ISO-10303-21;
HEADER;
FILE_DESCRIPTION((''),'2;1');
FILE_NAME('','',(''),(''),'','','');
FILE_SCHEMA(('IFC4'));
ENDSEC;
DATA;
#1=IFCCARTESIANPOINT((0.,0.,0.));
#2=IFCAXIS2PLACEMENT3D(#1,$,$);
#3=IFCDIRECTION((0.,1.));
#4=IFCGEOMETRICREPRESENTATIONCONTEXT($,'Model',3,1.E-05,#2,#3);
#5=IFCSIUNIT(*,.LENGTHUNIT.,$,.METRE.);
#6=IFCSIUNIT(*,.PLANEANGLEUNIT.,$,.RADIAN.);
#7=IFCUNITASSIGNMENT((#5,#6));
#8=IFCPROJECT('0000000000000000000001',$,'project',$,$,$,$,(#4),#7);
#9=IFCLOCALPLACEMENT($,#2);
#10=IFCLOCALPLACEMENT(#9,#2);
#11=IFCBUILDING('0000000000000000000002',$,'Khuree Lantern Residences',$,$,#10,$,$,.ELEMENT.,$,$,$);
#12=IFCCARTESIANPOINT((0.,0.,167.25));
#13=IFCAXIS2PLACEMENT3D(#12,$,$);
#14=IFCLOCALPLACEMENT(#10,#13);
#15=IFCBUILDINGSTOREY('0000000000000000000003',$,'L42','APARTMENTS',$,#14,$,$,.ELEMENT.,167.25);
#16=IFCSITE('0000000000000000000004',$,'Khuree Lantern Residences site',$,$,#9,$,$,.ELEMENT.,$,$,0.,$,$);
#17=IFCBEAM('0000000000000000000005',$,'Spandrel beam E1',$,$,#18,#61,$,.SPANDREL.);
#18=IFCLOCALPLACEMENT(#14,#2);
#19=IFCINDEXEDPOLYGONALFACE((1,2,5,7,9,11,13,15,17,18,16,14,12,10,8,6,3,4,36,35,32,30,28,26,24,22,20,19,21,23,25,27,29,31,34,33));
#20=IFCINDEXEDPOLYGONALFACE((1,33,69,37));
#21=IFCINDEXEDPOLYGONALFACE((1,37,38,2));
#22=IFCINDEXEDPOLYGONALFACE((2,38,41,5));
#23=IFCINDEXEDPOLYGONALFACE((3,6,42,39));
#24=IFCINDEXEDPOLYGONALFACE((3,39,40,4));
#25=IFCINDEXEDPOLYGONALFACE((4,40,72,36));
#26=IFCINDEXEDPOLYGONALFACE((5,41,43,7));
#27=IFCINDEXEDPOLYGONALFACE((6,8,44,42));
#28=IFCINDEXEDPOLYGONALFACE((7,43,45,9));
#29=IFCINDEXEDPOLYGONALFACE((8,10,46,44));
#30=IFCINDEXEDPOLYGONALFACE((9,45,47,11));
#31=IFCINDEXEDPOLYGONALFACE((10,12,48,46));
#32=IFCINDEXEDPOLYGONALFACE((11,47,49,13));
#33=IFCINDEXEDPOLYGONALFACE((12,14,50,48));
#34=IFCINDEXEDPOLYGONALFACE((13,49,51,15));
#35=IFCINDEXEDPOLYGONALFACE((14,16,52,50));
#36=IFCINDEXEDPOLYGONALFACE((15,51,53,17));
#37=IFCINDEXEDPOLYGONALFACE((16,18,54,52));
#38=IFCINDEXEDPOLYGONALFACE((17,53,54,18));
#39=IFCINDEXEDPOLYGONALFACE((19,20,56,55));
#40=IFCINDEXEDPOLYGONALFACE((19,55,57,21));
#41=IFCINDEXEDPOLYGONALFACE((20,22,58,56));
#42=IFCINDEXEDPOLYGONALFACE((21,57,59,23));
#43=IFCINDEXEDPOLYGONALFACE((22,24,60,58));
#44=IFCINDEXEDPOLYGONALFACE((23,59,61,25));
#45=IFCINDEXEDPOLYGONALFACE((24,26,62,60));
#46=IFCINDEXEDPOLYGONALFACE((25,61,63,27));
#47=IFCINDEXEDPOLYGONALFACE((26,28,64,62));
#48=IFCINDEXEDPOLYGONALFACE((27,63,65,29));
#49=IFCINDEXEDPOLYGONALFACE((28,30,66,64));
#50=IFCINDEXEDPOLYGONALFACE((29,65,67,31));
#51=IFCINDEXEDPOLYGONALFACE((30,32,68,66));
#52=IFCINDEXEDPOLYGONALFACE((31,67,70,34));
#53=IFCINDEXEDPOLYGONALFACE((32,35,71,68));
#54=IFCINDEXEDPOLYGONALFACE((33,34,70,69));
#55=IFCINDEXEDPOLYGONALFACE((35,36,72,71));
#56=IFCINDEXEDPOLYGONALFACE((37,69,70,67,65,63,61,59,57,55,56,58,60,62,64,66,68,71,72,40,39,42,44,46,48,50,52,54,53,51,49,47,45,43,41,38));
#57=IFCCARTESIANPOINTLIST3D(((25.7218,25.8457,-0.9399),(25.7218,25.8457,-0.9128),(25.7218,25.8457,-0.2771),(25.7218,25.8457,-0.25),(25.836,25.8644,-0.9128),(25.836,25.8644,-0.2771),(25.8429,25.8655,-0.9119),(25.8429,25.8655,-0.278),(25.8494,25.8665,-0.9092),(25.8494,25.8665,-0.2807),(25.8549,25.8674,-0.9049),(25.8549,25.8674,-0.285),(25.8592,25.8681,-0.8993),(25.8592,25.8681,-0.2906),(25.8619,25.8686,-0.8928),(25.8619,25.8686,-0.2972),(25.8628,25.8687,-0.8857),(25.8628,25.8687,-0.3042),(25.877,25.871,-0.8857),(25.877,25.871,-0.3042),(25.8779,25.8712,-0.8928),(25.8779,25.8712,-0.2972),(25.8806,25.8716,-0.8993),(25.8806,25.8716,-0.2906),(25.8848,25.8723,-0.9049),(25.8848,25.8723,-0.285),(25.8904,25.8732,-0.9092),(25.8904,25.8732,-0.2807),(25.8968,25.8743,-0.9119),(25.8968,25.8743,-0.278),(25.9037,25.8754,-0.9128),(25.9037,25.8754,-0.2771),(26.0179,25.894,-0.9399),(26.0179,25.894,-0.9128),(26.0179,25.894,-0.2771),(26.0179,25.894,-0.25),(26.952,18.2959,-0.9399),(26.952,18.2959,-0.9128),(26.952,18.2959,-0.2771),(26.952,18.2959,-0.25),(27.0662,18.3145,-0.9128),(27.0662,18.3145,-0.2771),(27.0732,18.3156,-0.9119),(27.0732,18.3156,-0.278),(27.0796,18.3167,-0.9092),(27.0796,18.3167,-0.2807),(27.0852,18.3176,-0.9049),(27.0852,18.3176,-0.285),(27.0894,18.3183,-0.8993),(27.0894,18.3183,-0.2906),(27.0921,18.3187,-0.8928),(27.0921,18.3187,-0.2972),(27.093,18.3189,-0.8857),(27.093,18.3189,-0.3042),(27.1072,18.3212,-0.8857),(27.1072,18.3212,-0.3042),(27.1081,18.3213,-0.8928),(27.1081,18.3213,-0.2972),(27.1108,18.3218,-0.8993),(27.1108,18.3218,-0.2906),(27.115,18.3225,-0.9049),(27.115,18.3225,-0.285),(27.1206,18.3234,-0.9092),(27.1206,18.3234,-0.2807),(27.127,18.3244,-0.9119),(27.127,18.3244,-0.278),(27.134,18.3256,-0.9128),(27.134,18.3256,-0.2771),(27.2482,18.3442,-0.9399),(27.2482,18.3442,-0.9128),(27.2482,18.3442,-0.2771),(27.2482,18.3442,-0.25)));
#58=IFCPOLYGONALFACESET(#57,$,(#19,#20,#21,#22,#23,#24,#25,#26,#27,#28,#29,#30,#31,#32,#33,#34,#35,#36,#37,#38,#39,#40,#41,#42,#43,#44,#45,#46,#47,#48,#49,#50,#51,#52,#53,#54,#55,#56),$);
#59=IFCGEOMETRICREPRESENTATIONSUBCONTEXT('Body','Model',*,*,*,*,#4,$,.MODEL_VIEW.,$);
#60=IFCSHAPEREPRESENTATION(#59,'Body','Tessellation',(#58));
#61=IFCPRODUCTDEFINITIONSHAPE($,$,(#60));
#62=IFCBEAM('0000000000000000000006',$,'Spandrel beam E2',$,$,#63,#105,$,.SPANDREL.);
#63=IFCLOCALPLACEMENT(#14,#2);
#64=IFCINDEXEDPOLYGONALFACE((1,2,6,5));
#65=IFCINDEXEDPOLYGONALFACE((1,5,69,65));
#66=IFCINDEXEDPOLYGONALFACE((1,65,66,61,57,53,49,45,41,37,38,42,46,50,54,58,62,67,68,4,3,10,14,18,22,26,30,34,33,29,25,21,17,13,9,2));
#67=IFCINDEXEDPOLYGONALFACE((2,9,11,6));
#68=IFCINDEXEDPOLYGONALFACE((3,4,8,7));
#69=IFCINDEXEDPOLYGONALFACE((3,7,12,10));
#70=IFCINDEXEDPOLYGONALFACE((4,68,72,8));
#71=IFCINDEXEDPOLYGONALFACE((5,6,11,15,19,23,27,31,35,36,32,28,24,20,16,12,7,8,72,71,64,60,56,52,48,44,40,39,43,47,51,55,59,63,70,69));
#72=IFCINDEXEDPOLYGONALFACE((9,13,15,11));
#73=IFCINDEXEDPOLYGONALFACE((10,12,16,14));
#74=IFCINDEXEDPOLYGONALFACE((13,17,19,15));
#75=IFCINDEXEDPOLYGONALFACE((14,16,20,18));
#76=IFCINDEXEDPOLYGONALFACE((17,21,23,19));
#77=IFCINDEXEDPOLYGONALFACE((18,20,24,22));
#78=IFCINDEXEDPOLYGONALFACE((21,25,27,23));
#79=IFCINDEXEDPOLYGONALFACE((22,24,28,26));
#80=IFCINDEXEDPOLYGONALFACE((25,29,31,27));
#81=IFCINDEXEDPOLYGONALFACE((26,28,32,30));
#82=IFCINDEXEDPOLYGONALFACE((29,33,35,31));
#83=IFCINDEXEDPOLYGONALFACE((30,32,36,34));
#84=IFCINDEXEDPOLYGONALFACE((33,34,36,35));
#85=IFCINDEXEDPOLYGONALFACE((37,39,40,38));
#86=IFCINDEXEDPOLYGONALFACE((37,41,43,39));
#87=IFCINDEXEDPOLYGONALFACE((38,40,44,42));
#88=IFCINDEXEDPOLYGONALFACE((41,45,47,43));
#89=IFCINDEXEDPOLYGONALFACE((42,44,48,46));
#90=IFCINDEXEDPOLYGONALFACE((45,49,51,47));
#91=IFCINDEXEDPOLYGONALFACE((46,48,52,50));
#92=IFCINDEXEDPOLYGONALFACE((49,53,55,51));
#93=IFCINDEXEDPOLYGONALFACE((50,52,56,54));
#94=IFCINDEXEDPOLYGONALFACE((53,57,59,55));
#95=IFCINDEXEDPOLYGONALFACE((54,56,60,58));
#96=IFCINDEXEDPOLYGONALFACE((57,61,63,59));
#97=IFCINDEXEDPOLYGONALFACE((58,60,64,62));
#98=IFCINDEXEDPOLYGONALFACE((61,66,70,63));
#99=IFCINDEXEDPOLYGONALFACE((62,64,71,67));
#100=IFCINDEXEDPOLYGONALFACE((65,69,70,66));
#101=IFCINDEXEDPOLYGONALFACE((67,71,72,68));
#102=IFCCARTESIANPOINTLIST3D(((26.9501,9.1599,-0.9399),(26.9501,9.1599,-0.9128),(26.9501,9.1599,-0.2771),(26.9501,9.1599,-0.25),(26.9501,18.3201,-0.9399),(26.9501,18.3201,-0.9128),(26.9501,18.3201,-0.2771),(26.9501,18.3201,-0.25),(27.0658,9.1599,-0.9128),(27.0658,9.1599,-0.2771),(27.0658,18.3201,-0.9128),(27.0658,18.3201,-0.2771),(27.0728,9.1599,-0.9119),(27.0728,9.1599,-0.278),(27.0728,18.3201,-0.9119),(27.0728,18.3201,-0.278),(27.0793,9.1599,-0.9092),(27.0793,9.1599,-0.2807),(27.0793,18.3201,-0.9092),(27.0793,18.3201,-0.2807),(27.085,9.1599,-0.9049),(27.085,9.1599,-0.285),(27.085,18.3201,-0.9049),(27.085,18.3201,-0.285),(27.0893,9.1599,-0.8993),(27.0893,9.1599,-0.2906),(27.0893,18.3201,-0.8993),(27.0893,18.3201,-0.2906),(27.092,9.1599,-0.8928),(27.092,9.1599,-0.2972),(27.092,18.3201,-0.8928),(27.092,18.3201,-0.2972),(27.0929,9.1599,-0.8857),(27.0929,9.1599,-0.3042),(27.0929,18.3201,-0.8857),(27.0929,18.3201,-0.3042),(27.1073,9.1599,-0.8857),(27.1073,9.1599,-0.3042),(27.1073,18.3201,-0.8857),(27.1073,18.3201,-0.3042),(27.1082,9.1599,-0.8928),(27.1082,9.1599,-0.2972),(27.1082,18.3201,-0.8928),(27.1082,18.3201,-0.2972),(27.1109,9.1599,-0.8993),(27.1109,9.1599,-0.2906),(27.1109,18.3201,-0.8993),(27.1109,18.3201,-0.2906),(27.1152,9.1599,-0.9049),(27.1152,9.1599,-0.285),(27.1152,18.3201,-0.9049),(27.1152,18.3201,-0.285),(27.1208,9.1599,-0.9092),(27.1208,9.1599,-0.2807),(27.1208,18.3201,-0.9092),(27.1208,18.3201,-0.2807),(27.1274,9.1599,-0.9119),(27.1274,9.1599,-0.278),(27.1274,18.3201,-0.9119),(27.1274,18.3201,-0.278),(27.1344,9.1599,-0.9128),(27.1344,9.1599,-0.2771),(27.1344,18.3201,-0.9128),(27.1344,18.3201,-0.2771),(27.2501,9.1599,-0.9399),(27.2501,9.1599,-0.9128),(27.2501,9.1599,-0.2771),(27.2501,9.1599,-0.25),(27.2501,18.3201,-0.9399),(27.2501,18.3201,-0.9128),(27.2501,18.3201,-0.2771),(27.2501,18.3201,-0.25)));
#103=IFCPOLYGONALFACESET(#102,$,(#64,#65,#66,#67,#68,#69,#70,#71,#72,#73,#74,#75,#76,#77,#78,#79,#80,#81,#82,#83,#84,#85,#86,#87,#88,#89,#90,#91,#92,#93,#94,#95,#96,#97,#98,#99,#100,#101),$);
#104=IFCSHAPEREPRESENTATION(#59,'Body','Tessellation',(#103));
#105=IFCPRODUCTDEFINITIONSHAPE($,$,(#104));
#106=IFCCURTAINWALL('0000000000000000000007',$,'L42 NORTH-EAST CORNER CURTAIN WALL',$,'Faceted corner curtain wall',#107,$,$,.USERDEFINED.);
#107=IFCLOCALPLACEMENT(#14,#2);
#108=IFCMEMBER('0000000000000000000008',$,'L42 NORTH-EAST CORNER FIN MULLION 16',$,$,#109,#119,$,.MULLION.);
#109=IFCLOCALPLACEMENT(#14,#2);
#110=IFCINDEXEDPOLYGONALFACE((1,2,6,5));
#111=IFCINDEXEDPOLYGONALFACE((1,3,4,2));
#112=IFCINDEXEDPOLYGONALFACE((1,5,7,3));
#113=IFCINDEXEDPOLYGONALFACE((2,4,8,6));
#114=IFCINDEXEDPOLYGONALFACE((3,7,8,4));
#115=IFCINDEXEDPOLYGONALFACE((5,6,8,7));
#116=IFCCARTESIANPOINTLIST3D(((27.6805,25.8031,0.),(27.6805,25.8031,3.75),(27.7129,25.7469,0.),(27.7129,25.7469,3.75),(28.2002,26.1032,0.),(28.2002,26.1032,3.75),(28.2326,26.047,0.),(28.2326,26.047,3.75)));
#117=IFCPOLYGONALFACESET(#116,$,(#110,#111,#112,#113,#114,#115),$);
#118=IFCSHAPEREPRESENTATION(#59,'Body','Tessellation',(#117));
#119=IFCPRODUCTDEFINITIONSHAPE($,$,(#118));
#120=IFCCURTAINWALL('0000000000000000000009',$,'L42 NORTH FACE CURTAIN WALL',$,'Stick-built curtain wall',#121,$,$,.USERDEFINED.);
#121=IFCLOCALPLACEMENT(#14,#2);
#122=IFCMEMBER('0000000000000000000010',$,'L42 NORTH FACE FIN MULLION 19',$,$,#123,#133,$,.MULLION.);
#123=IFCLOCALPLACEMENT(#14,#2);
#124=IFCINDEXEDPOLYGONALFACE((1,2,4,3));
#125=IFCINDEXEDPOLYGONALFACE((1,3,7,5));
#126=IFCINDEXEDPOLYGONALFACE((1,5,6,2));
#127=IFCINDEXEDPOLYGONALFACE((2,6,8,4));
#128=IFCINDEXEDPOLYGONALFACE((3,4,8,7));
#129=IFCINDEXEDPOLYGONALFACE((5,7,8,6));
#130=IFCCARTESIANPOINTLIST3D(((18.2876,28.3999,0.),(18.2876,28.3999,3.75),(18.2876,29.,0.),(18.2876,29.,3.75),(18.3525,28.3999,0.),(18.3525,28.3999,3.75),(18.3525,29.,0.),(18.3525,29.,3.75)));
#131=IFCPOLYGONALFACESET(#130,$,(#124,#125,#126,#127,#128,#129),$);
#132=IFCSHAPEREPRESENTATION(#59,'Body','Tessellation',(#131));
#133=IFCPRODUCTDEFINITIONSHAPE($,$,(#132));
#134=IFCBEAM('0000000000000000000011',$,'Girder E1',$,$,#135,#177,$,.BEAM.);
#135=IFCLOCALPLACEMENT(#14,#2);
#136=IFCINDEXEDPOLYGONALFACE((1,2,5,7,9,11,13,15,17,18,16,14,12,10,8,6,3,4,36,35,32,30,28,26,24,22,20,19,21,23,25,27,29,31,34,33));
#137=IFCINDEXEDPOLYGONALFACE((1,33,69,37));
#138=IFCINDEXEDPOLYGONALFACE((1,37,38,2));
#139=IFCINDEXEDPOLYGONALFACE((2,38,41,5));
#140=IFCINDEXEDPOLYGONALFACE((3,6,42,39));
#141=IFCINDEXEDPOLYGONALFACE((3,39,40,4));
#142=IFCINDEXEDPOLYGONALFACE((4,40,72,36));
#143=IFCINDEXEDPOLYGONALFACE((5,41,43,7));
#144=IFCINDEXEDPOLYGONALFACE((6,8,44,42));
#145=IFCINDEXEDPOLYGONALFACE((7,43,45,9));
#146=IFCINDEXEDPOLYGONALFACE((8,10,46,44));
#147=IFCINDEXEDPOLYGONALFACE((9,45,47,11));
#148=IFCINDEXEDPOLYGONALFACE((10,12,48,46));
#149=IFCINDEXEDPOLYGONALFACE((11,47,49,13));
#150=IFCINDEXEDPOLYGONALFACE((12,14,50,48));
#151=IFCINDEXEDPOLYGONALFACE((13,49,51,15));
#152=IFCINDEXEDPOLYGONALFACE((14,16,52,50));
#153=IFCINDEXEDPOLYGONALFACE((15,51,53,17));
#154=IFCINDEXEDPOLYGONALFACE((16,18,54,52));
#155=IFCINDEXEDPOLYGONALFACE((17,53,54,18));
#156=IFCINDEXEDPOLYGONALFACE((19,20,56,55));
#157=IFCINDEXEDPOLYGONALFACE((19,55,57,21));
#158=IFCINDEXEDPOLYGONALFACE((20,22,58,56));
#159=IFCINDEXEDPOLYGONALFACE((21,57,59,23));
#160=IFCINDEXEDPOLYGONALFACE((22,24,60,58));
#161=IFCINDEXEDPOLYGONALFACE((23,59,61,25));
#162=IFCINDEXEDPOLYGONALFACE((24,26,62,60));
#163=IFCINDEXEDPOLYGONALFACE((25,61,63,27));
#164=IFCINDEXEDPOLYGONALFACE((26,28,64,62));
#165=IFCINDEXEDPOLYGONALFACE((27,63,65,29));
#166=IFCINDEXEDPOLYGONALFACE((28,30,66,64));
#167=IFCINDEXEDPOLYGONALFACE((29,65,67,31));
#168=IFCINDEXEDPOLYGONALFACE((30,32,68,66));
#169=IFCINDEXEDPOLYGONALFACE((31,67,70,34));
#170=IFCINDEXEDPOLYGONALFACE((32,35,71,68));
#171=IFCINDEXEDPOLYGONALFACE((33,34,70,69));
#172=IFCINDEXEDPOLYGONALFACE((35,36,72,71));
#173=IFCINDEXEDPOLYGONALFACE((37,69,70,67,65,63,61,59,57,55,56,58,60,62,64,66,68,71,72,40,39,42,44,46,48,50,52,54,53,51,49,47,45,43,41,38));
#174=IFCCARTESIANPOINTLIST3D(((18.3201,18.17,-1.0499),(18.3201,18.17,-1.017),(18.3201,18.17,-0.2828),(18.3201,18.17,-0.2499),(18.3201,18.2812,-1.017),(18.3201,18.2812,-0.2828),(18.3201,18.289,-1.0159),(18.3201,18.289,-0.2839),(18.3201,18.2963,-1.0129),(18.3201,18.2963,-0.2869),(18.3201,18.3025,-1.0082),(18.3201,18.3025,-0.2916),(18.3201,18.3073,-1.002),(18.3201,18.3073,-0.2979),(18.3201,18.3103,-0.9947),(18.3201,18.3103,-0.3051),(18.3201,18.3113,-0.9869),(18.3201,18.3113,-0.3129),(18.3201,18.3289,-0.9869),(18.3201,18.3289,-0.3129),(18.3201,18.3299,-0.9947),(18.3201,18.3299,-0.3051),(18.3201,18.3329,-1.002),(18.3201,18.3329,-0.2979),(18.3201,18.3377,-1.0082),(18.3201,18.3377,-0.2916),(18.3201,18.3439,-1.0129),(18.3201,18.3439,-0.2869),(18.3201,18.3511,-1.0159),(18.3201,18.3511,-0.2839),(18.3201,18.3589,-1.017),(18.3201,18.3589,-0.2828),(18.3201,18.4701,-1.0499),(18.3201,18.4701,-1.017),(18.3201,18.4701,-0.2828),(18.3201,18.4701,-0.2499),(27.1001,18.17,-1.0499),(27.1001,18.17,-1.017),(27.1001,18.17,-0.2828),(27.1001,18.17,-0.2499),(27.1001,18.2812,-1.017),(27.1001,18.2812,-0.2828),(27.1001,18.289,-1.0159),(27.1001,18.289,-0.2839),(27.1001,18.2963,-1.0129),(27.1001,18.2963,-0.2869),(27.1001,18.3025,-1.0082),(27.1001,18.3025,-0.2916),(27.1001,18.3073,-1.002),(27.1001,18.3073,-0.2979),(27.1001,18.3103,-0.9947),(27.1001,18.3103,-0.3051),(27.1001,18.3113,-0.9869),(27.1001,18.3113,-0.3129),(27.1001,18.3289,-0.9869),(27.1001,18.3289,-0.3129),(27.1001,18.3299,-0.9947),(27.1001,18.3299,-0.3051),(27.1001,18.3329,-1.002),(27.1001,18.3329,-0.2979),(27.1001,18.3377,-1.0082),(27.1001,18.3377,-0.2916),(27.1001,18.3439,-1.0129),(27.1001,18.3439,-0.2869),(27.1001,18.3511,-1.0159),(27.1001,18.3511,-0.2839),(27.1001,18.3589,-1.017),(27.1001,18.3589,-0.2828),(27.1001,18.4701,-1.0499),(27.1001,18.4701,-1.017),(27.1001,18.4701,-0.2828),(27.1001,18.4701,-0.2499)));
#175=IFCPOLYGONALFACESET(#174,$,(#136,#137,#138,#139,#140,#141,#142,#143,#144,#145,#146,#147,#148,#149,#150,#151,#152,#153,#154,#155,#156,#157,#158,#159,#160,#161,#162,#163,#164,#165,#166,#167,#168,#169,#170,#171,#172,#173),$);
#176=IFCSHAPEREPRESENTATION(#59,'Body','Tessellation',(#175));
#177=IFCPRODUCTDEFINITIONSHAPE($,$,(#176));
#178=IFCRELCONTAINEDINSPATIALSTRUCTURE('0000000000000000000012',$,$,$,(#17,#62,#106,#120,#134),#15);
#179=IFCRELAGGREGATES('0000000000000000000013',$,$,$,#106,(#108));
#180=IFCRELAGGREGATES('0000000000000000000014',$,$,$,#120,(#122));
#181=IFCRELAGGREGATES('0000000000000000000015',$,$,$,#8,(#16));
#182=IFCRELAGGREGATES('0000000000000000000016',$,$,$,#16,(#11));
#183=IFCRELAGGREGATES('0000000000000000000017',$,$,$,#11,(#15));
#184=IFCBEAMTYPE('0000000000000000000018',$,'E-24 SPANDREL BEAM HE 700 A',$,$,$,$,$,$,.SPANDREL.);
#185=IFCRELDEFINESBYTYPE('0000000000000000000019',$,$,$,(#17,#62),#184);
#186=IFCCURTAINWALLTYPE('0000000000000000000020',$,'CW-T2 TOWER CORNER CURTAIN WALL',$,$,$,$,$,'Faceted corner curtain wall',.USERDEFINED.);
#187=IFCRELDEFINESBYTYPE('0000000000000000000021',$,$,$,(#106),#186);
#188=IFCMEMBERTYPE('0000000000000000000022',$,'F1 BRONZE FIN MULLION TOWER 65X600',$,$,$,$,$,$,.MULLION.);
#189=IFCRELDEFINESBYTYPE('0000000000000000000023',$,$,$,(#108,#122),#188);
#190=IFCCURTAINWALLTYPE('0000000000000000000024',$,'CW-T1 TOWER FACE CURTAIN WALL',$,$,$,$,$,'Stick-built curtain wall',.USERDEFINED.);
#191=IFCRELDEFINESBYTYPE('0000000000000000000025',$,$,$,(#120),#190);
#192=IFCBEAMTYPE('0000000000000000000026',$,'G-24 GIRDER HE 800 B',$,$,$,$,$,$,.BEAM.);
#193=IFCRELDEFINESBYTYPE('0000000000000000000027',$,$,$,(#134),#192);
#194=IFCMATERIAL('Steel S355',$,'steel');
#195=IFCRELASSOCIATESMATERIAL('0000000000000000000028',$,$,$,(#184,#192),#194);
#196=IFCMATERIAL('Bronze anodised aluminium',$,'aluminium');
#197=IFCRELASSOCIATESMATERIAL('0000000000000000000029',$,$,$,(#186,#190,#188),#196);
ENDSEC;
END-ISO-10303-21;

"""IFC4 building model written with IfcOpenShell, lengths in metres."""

from ifc_helpers import new_model, si_unit, direction, frame, origin, origin_2d, place, context, subcontext, project, spatial, rectangle, i_section, extrude, material, material_profile, profile_set, type_object, element, aggregate, save


model = new_model("IFC4")

# Units and contexts
model_context = context("Model", 3, precision=1e-05, world=origin(), true_north=direction((0.0, 1.0)))
body_context = subcontext(model_context, "Body", "Model", "MODEL_VIEW")
ifc_project = project(units=[si_unit("LENGTHUNIT", "METRE"), si_unit("PLANEANGLEUNIT", "RADIAN")], contexts=[model_context])

# Site, building, storey
site_placement = place(None, origin())
site = spatial("IfcSite", under=ifc_project, at=site_placement, Name="Khuree Lantern Residences site", CompositionType="ELEMENT", RefElevation=0.0)
building_placement = place(site_placement, origin())
building = spatial("IfcBuilding", under=site, at=building_placement, Name="Khuree Lantern Residences", CompositionType="ELEMENT")
storey_placement = place(building_placement, frame((0.0, 0.0, 167.25)))
storey = spatial("IfcBuildingStorey", under=building, at=storey_placement, Name="L42", Description="APARTMENTS", CompositionType="ELEMENT", Elevation=167.25)

# Beams
ifc_material_1 = material(Name="Steel S355", Category="steel")
ifc_material_profile_1 = material_profile(ifc_material_1, i_section(OverallWidth=0.3, OverallDepth=0.6899, WebThickness=0.0144, FlangeThickness=0.0271, FilletRadius=0.0271, at=origin_2d()), Name="HE 700 A")
ifc_profile_set_1 = profile_set([ifc_material_profile_1], Name="Steel S355")
beam_type_1 = type_object("IfcBeamType", Name="E-24 SPANDREL BEAM HE 700 A", PredefinedType="SPANDREL", material=ifc_profile_set_1)
for number, where, z_axis, x_axis, name in (
    (1, (25.8699, 25.8699, -0.595), (0.160827, -0.986983, 0.0), (0.986983, 0.160827, 0.0), "Spandrel beam E1"),
):
    element("IfcBeam", number, at=place(storey_placement, frame(where, z_axis=z_axis, x_axis=x_axis)), inside=storey, type_object=beam_type_1, Name=name, PredefinedType="SPANDREL", context=body_context, shape_type="SweptSolid", body=[
        extrude(i_section(OverallWidth=0.3, OverallDepth=0.6899, WebThickness=0.0144, FlangeThickness=0.0271, FilletRadius=0.0271, at=origin_2d()), origin(), (0.0, 0.0, 1.0), 7.6494),
    ])
beam_1_placement = place(storey_placement, frame((27.1001, 18.3201, -0.595), z_axis=(0.0, -1.0, 0.0), x_axis=(1.0, 0.0, 0.0)))
element("IfcBeam", 2, at=beam_1_placement, inside=storey, type_object=beam_type_1, Name="Spandrel beam E2", PredefinedType="SPANDREL", context=body_context, shape_type="SweptSolid", body=[
    extrude(i_section(OverallWidth=0.3, OverallDepth=0.6899, WebThickness=0.0144, FlangeThickness=0.0271, FilletRadius=0.0271, at=origin_2d()), origin(), (0.0, 0.0, 1.0), 9.1602),
])

# Curtain walls, members
ifc_material_2 = material(Name="Bronze anodised aluminium", Category="aluminium")
curtain_wall_type_1 = type_object("IfcCurtainWallType", Name="CW-T2 TOWER CORNER CURTAIN WALL", ElementType="Faceted corner curtain wall", PredefinedType="USERDEFINED", material=ifc_material_2)
curtain_wall_1_placement = place(storey_placement, origin())
curtain_wall_1 = element("IfcCurtainWall", 3, at=curtain_wall_1_placement, inside=storey, type_object=curtain_wall_type_1, Name="L42 NORTH-EAST CORNER CURTAIN WALL", ObjectType="Faceted corner curtain wall", PredefinedType="USERDEFINED")
ifc_material_profile_2 = material_profile(ifc_material_2, rectangle(XDim=0.0649, YDim=0.6001, at=origin_2d()), Name="F1 65X600")
ifc_profile_set_2 = profile_set([ifc_material_profile_2], Name="Bronze anodised aluminium")
member_type_1 = type_object("IfcMemberType", Name="F1 BRONZE FIN MULLION TOWER 65X600", PredefinedType="MULLION", material=ifc_profile_set_2)
member_1_placement = place(storey_placement, frame((27.9565, 25.925, 0.0), z_axis=(0.0, 0.0, 1.0), x_axis=(-0.5, 0.866025, 0.0)))
member_1 = element("IfcMember", 4, at=member_1_placement, type_object=member_type_1, Name="L42 NORTH-EAST CORNER FIN MULLION 16", PredefinedType="MULLION", context=body_context, shape_type="SweptSolid", body=[
    extrude(rectangle(XDim=0.0649, YDim=0.6001, at=origin_2d()), origin(), (0.0, 0.0, 1.0), 3.75),
])
curtain_wall_type_2 = type_object("IfcCurtainWallType", Name="CW-T1 TOWER FACE CURTAIN WALL", ElementType="Stick-built curtain wall", PredefinedType="USERDEFINED", material=ifc_material_2)
curtain_wall_2_placement = place(storey_placement, origin())
curtain_wall_2 = element("IfcCurtainWall", 5, at=curtain_wall_2_placement, inside=storey, type_object=curtain_wall_type_2, Name="L42 NORTH FACE CURTAIN WALL", ObjectType="Stick-built curtain wall", PredefinedType="USERDEFINED")
member_2_placement = place(storey_placement, frame((18.3201, 28.7, 0.0), z_axis=(0.0, 0.0, 1.0), x_axis=(-1.0, 0.0, 0.0)))
member_2 = element("IfcMember", 6, at=member_2_placement, type_object=member_type_1, Name="L42 NORTH FACE FIN MULLION 19", PredefinedType="MULLION", context=body_context, shape_type="SweptSolid", body=[
    extrude(rectangle(XDim=0.0649, YDim=0.6001, at=origin_2d()), origin(), (0.0, 0.0, 1.0), 3.75),
])

# Beam
ifc_material_profile_3 = material_profile(ifc_material_1, i_section(OverallWidth=0.3, OverallDepth=0.8, WebThickness=0.0176, FlangeThickness=0.033, FilletRadius=0.03, at=origin_2d()), Name="HE 800 B")
ifc_profile_set_3 = profile_set([ifc_material_profile_3], Name="Steel S355")
beam_type_2 = type_object("IfcBeamType", Name="G-24 GIRDER HE 800 B", PredefinedType="BEAM", material=ifc_profile_set_3)
beam_2_placement = place(storey_placement, frame((27.1001, 18.3201, -0.6499), z_axis=(-1.0, 0.0, 0.0), x_axis=(0.0, -1.0, 0.0)))
element("IfcBeam", 7, at=beam_2_placement, inside=storey, type_object=beam_type_2, Name="Girder E1", PredefinedType="BEAM", context=body_context, shape_type="SweptSolid", body=[
    extrude(i_section(OverallWidth=0.3, OverallDepth=0.8, WebThickness=0.0176, FlangeThickness=0.033, FilletRadius=0.03, at=origin_2d()), origin(), (0.0, 0.0, 1.0), 8.78),
])

aggregate(curtain_wall_1, [member_1])
aggregate(curtain_wall_2, [member_2])

save(model, "model.ifc")
